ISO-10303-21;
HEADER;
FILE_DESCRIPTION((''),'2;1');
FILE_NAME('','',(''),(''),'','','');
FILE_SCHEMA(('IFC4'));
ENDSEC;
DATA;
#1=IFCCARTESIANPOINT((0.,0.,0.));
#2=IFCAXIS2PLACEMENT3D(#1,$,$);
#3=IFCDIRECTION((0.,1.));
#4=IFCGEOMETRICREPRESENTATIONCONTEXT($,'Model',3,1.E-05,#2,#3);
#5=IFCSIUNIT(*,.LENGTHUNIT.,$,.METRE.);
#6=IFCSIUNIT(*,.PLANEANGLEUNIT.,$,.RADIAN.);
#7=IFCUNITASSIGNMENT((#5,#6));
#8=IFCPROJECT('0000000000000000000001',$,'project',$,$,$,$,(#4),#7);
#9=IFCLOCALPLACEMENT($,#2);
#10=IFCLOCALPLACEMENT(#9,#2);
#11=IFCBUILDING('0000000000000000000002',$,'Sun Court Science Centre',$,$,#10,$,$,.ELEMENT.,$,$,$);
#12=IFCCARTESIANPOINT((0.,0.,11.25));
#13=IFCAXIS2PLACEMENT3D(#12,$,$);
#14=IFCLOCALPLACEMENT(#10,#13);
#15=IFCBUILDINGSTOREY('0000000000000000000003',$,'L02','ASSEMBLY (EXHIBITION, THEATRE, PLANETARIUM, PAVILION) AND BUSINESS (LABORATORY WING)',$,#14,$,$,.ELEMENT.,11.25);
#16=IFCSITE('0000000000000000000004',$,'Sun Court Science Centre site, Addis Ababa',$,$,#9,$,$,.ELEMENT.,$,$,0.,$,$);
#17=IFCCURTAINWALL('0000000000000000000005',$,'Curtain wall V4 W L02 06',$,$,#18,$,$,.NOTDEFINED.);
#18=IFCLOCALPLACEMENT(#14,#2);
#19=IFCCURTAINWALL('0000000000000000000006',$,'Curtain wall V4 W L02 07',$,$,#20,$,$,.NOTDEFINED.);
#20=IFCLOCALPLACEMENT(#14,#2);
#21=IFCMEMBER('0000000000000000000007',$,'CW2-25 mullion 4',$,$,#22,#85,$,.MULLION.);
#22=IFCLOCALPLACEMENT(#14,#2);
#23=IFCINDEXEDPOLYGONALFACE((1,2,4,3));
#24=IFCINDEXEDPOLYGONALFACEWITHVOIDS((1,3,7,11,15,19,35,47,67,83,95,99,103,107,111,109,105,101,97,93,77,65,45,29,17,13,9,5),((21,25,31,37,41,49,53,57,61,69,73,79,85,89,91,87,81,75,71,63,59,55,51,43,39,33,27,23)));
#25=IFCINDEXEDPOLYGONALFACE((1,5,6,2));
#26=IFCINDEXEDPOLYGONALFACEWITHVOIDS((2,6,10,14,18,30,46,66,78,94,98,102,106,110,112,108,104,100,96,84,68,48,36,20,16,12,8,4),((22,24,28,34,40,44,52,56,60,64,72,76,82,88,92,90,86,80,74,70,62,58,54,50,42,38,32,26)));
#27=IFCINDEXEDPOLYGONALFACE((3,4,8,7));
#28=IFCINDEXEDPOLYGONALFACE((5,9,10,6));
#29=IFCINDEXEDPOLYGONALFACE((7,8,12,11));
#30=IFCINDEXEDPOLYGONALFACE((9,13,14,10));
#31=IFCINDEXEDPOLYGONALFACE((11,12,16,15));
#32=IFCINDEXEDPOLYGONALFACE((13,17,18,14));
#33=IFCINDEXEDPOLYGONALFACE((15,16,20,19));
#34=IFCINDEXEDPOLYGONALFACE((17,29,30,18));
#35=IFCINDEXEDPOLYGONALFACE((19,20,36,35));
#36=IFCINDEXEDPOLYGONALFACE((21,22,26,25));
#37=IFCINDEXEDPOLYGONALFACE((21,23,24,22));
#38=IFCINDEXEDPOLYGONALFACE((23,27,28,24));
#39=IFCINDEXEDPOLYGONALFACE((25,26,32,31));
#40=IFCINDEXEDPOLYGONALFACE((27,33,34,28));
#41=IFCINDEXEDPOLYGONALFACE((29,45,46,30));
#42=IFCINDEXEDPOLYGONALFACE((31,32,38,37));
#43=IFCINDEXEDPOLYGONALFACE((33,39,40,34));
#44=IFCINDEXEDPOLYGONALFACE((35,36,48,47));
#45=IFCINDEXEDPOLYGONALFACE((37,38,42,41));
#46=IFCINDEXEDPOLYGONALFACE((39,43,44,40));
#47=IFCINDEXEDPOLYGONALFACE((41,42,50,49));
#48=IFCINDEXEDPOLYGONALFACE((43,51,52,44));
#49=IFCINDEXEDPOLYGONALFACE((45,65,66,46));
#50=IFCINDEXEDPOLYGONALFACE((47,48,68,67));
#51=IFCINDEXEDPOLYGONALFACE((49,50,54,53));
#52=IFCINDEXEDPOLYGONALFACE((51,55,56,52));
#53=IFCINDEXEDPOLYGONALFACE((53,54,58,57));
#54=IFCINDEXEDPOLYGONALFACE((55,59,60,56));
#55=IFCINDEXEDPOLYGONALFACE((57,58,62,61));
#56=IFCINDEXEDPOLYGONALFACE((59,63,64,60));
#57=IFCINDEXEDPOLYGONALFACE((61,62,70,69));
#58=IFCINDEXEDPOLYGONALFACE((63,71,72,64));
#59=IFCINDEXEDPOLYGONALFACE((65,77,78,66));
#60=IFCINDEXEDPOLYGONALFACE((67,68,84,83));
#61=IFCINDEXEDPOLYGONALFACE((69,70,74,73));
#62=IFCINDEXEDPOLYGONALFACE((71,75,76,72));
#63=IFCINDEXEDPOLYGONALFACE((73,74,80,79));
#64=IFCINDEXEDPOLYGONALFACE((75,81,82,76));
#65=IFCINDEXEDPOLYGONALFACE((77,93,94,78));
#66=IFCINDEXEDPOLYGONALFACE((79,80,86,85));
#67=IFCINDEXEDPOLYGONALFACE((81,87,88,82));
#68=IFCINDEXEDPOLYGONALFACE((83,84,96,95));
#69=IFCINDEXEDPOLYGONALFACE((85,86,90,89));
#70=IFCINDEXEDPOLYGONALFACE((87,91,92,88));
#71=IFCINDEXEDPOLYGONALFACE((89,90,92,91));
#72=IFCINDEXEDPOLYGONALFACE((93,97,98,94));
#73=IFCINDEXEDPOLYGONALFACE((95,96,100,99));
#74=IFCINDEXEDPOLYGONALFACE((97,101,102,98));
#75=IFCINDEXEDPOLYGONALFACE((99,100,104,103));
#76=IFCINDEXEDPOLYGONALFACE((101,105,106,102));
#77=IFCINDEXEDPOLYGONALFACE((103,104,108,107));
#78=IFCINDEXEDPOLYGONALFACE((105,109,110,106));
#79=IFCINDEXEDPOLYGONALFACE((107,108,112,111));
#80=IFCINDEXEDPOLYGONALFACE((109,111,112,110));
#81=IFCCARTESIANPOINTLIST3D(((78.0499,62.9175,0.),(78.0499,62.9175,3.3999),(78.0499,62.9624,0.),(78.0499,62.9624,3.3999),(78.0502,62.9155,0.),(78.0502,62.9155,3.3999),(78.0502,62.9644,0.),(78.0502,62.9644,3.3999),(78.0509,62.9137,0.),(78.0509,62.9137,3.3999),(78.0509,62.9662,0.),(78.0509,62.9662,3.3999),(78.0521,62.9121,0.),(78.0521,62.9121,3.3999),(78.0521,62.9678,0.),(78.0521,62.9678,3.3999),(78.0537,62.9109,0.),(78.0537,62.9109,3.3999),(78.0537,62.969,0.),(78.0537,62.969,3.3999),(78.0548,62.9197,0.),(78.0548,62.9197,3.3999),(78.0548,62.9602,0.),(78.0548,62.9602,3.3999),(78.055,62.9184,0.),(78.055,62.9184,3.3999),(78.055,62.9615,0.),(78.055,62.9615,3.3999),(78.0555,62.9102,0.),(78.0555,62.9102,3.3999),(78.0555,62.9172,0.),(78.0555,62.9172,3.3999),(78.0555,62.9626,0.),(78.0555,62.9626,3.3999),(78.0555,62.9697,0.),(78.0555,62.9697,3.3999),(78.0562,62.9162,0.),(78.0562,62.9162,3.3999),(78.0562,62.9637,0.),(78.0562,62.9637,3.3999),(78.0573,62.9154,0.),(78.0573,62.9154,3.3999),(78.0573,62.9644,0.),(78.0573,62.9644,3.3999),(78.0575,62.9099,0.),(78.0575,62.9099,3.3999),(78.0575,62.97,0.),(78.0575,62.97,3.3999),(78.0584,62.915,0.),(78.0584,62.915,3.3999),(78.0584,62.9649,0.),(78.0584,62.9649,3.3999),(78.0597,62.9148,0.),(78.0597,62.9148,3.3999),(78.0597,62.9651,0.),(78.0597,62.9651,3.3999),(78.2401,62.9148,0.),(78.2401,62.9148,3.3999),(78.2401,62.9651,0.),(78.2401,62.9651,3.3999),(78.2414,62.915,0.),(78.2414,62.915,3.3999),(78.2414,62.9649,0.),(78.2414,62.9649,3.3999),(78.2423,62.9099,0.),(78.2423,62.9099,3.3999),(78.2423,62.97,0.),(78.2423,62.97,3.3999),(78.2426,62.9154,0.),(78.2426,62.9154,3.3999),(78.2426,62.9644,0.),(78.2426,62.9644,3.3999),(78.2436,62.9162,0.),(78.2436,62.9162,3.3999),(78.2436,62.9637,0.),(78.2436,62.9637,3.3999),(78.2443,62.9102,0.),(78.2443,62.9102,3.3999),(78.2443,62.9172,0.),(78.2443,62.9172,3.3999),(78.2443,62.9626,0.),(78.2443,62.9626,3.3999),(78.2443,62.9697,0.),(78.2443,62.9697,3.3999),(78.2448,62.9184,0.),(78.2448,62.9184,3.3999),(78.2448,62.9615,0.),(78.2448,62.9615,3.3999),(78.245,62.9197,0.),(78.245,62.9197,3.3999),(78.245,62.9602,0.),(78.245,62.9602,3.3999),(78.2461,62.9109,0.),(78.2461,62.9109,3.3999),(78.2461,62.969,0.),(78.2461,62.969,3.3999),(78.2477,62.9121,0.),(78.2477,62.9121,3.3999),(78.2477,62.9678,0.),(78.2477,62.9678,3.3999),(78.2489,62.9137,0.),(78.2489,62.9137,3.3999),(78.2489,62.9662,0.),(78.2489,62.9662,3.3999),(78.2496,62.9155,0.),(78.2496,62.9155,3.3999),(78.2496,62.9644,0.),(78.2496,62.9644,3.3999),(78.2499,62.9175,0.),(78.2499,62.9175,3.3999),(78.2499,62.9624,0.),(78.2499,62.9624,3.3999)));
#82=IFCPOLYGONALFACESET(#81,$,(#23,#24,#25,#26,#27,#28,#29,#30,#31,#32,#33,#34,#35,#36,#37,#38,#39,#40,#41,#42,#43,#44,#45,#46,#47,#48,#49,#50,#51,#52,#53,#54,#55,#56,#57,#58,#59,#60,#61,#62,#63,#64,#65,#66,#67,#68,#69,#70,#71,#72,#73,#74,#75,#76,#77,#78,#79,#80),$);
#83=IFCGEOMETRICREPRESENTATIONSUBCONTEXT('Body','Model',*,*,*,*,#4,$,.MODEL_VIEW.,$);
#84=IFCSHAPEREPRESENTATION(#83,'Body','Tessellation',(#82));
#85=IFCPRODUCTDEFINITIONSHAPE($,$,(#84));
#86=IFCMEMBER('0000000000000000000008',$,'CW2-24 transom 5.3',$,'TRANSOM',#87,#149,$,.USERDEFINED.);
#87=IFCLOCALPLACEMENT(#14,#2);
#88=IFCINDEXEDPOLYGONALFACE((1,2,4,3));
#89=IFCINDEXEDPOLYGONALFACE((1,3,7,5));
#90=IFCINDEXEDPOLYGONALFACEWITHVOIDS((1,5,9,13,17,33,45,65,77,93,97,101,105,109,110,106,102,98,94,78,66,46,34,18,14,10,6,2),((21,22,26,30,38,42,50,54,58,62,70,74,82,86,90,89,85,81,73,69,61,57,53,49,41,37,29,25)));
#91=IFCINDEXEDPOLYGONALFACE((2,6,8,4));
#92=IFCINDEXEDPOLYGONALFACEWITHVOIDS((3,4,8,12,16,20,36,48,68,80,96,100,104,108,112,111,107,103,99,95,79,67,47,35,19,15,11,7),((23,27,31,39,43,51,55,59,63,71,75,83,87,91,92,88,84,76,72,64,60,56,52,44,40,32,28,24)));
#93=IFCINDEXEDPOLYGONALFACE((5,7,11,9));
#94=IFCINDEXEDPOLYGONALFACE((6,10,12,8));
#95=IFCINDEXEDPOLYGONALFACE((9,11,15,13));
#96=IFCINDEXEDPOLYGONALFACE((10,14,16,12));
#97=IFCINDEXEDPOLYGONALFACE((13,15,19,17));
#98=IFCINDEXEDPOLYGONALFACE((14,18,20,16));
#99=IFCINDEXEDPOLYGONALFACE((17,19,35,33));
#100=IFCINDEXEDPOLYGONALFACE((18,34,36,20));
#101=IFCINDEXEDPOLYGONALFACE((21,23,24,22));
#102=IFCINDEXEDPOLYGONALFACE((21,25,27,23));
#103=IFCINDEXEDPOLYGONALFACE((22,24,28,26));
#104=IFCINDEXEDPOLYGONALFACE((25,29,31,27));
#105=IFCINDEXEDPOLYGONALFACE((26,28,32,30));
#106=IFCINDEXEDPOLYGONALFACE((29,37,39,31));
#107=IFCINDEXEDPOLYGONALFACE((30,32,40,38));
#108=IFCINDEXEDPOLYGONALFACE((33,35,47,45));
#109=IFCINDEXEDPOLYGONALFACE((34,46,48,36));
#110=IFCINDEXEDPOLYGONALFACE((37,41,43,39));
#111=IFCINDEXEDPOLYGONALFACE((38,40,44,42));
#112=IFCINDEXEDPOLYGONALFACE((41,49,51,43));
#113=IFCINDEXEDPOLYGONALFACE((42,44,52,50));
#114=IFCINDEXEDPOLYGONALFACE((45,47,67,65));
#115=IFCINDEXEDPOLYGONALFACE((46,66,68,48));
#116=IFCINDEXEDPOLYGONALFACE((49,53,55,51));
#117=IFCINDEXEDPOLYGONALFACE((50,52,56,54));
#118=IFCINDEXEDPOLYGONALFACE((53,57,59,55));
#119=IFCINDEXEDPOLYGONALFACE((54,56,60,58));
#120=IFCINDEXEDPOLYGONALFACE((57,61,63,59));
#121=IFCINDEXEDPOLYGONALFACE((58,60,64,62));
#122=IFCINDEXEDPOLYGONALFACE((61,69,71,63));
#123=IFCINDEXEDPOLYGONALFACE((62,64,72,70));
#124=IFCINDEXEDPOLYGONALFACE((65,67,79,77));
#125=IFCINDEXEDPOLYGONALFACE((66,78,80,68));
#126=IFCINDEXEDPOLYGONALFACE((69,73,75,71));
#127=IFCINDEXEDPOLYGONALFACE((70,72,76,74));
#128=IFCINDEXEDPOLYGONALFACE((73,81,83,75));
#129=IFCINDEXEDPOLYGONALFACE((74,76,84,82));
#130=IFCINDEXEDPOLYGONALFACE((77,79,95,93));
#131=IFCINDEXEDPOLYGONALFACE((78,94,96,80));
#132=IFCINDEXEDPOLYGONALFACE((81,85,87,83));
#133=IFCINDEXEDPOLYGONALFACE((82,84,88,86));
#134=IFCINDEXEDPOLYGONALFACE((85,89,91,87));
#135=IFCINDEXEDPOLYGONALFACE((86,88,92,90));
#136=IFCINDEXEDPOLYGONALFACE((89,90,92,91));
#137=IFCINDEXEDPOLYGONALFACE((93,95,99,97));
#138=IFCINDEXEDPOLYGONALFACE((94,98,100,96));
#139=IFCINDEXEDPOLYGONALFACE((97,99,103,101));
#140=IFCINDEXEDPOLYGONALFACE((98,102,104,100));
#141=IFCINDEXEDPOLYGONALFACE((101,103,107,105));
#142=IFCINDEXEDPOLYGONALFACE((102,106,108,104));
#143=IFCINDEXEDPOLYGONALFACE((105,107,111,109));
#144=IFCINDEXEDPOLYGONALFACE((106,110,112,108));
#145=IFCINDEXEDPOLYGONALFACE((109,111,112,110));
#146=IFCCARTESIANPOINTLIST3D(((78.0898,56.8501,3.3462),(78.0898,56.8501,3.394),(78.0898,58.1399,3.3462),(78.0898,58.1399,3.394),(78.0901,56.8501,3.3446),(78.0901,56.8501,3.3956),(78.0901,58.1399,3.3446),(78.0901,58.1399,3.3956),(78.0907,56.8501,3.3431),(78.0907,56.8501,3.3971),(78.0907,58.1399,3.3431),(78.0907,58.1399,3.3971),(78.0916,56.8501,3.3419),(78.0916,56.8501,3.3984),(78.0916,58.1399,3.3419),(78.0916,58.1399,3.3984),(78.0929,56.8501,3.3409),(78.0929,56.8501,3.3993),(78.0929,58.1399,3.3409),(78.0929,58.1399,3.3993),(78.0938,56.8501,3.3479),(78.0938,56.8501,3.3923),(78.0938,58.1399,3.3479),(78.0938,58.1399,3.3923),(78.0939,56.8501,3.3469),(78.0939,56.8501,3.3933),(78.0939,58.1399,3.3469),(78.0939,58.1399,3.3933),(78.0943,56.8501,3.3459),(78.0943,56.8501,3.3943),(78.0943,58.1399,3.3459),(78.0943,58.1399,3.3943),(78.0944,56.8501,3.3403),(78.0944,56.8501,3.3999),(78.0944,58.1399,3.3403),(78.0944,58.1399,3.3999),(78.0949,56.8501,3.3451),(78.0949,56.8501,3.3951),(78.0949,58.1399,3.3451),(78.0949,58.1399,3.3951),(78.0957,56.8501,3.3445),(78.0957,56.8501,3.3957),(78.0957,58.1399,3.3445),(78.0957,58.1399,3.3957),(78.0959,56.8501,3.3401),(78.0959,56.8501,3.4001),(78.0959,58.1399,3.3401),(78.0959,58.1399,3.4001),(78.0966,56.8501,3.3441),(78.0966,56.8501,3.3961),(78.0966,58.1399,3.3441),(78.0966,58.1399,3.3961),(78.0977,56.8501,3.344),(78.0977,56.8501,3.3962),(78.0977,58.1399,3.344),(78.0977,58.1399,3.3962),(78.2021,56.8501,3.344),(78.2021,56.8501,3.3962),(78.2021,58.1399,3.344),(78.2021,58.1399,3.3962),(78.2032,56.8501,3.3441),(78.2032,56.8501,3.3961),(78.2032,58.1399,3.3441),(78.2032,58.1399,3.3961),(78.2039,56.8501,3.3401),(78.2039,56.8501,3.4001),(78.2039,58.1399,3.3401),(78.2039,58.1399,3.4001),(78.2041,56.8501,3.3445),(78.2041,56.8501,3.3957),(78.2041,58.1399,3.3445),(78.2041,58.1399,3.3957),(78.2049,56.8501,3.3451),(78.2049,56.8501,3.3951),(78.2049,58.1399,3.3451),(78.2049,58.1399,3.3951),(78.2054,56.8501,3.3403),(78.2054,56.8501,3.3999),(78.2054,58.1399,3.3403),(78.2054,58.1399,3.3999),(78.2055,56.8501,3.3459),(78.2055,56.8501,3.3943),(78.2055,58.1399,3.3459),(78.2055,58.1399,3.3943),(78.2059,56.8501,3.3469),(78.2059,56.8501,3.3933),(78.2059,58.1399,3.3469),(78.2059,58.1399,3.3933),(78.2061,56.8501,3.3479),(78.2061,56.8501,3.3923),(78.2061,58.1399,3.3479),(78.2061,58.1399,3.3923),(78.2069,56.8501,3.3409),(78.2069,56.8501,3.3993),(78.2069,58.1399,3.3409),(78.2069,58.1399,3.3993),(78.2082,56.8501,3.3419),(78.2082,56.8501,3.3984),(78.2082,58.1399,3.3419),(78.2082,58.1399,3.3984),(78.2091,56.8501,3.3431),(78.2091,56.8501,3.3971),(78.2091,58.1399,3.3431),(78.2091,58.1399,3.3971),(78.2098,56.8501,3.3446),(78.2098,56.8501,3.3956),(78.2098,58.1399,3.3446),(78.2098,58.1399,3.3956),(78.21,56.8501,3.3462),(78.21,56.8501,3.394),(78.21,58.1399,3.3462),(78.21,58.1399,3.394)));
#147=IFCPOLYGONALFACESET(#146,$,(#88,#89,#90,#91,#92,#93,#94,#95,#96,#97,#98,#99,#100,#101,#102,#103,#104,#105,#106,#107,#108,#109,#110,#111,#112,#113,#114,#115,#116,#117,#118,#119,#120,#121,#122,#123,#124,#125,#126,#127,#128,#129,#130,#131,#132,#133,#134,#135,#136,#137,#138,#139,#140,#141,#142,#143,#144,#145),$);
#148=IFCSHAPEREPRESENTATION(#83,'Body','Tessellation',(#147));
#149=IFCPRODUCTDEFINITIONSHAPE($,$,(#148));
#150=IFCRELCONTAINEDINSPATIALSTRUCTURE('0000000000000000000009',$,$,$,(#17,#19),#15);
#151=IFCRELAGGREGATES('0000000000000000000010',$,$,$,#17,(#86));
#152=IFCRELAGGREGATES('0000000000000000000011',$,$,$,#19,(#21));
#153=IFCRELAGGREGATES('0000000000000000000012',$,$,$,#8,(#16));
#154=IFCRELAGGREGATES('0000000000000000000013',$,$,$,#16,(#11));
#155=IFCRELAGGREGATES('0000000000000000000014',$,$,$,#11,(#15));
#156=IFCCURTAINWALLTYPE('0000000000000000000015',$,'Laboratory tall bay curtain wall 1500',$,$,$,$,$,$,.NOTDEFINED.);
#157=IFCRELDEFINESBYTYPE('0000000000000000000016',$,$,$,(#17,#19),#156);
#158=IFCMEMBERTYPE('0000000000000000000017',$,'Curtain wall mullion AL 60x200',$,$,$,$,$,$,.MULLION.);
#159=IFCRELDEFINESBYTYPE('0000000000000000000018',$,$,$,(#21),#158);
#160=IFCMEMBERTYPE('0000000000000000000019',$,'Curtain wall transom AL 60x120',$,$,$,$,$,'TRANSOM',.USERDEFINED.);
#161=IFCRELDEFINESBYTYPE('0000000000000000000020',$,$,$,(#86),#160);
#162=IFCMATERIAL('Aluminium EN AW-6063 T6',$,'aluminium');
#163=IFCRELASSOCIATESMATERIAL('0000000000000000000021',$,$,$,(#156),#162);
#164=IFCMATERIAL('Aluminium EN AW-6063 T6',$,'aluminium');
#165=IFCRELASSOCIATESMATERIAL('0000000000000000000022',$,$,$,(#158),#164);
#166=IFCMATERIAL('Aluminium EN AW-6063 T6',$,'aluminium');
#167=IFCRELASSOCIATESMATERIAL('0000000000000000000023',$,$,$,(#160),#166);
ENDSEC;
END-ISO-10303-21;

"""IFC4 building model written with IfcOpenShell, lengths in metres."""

from ifc_helpers import new_model, si_unit, direction, frame, origin, origin_2d, place, context, subcontext, project, spatial, hollow_rectangle, extrude, material, material_profile, profile_set, type_object, element, aggregate, save


model = new_model("IFC4")

# Units and contexts
model_context = context("Model", 3, precision=1e-05, world=origin(), true_north=direction((0.0, 1.0)))
body_context = subcontext(model_context, "Body", "Model", "MODEL_VIEW")
ifc_project = project(units=[si_unit("LENGTHUNIT", "METRE"), si_unit("PLANEANGLEUNIT", "RADIAN")], contexts=[model_context])

# Site, building, storey
site_placement = place(None, origin())
site = spatial("IfcSite", under=ifc_project, at=site_placement, Name="Sun Court Science Centre site, Addis Ababa", CompositionType="ELEMENT", RefElevation=0.0)
building_placement = place(site_placement, origin())
building = spatial("IfcBuilding", under=site, at=building_placement, Name="Sun Court Science Centre", CompositionType="ELEMENT")
storey_placement = place(building_placement, frame((0.0, 0.0, 11.25)))
storey = spatial("IfcBuildingStorey", under=building, at=storey_placement, Name="L02", Description="ASSEMBLY (EXHIBITION, THEATRE, PLANETARIUM, PAVILION) AND BUSINESS (LABORATORY WING)", CompositionType="ELEMENT", Elevation=11.25)

# Curtain wall
ifc_material_1 = material(Name="Aluminium EN AW-6063 T6", Category="aluminium")
curtain_wall_type = type_object("IfcCurtainWallType", Name="Laboratory tall bay curtain wall 1500", PredefinedType="NOTDEFINED", material=ifc_material_1)
curtain_wall_1_placement = place(storey_placement, origin())
curtain_wall_1 = element("IfcCurtainWall", 1, at=curtain_wall_1_placement, inside=storey, type_object=curtain_wall_type, Name="Curtain wall V4 W L02 06", PredefinedType="NOTDEFINED")
ifc_material_2 = material(Name="Aluminium EN AW-6063 T6", Category="aluminium")
ifc_material_profile_1 = material_profile(ifc_material_2, hollow_rectangle(XDim=0.0601, YDim=0.2, WallThickness=0.0049, InnerFilletRadius=0.0049, OuterFilletRadius=0.0076, at=origin_2d()), Name="AL 60x200x5")
ifc_profile_set_1 = profile_set([ifc_material_profile_1], Name="Aluminium EN AW-6063 T6")
member_type_1 = type_object("IfcMemberType", Name="Curtain wall mullion AL 60x200", PredefinedType="MULLION", material=ifc_profile_set_1)

# Curtain wall, member
curtain_wall_2_placement = place(storey_placement, origin())
curtain_wall_2 = element("IfcCurtainWall", 2, at=curtain_wall_2_placement, inside=storey, type_object=curtain_wall_type, Name="Curtain wall V4 W L02 07", PredefinedType="NOTDEFINED")
member_1_placement = place(storey_placement, frame((78.1499, 62.9399, 0.0), z_axis=(0.0, 0.0, 1.0), x_axis=(0.0, 1.0, 0.0)))
member_1 = element("IfcMember", 3, at=member_1_placement, type_object=member_type_1, Name="CW2-25 mullion 4", PredefinedType="MULLION", context=body_context, shape_type="SweptSolid", body=[
    extrude(hollow_rectangle(XDim=0.0601, YDim=0.2, WallThickness=0.0049, InnerFilletRadius=0.0049, OuterFilletRadius=0.0076, at=origin_2d()), origin(), (0.0, 0.0, 1.0), 3.3999),
])

# Member
ifc_material_3 = material(Name="Aluminium EN AW-6063 T6", Category="aluminium")
ifc_material_profile_2 = material_profile(ifc_material_3, hollow_rectangle(XDim=0.0601, YDim=0.1201, WallThickness=0.0039, InnerFilletRadius=0.0039, OuterFilletRadius=0.0061, at=origin_2d()), Name="AL 60x120x4")
ifc_profile_set_2 = profile_set([ifc_material_profile_2], Name="Aluminium EN AW-6063 T6")
member_type_2 = type_object("IfcMemberType", Name="Curtain wall transom AL 60x120", ElementType="TRANSOM", PredefinedType="USERDEFINED", material=ifc_profile_set_2)
member_2_placement = place(storey_placement, frame((78.1499, 56.8501, 3.3701), z_axis=(0.0, 1.0, 0.0), x_axis=(0.0, 0.0, 1.0)))
member_2 = element("IfcMember", 4, at=member_2_placement, type_object=member_type_2, Name="CW2-24 transom 5.3", ObjectType="TRANSOM", PredefinedType="USERDEFINED", context=body_context, shape_type="SweptSolid", body=[
    extrude(hollow_rectangle(XDim=0.0601, YDim=0.1201, WallThickness=0.0039, InnerFilletRadius=0.0039, OuterFilletRadius=0.0061, at=origin_2d()), origin(), (0.0, 0.0, 1.0), 1.2898),
])

aggregate(curtain_wall_1, [member_2])
aggregate(curtain_wall_2, [member_1])

save(model, "model.ifc")
